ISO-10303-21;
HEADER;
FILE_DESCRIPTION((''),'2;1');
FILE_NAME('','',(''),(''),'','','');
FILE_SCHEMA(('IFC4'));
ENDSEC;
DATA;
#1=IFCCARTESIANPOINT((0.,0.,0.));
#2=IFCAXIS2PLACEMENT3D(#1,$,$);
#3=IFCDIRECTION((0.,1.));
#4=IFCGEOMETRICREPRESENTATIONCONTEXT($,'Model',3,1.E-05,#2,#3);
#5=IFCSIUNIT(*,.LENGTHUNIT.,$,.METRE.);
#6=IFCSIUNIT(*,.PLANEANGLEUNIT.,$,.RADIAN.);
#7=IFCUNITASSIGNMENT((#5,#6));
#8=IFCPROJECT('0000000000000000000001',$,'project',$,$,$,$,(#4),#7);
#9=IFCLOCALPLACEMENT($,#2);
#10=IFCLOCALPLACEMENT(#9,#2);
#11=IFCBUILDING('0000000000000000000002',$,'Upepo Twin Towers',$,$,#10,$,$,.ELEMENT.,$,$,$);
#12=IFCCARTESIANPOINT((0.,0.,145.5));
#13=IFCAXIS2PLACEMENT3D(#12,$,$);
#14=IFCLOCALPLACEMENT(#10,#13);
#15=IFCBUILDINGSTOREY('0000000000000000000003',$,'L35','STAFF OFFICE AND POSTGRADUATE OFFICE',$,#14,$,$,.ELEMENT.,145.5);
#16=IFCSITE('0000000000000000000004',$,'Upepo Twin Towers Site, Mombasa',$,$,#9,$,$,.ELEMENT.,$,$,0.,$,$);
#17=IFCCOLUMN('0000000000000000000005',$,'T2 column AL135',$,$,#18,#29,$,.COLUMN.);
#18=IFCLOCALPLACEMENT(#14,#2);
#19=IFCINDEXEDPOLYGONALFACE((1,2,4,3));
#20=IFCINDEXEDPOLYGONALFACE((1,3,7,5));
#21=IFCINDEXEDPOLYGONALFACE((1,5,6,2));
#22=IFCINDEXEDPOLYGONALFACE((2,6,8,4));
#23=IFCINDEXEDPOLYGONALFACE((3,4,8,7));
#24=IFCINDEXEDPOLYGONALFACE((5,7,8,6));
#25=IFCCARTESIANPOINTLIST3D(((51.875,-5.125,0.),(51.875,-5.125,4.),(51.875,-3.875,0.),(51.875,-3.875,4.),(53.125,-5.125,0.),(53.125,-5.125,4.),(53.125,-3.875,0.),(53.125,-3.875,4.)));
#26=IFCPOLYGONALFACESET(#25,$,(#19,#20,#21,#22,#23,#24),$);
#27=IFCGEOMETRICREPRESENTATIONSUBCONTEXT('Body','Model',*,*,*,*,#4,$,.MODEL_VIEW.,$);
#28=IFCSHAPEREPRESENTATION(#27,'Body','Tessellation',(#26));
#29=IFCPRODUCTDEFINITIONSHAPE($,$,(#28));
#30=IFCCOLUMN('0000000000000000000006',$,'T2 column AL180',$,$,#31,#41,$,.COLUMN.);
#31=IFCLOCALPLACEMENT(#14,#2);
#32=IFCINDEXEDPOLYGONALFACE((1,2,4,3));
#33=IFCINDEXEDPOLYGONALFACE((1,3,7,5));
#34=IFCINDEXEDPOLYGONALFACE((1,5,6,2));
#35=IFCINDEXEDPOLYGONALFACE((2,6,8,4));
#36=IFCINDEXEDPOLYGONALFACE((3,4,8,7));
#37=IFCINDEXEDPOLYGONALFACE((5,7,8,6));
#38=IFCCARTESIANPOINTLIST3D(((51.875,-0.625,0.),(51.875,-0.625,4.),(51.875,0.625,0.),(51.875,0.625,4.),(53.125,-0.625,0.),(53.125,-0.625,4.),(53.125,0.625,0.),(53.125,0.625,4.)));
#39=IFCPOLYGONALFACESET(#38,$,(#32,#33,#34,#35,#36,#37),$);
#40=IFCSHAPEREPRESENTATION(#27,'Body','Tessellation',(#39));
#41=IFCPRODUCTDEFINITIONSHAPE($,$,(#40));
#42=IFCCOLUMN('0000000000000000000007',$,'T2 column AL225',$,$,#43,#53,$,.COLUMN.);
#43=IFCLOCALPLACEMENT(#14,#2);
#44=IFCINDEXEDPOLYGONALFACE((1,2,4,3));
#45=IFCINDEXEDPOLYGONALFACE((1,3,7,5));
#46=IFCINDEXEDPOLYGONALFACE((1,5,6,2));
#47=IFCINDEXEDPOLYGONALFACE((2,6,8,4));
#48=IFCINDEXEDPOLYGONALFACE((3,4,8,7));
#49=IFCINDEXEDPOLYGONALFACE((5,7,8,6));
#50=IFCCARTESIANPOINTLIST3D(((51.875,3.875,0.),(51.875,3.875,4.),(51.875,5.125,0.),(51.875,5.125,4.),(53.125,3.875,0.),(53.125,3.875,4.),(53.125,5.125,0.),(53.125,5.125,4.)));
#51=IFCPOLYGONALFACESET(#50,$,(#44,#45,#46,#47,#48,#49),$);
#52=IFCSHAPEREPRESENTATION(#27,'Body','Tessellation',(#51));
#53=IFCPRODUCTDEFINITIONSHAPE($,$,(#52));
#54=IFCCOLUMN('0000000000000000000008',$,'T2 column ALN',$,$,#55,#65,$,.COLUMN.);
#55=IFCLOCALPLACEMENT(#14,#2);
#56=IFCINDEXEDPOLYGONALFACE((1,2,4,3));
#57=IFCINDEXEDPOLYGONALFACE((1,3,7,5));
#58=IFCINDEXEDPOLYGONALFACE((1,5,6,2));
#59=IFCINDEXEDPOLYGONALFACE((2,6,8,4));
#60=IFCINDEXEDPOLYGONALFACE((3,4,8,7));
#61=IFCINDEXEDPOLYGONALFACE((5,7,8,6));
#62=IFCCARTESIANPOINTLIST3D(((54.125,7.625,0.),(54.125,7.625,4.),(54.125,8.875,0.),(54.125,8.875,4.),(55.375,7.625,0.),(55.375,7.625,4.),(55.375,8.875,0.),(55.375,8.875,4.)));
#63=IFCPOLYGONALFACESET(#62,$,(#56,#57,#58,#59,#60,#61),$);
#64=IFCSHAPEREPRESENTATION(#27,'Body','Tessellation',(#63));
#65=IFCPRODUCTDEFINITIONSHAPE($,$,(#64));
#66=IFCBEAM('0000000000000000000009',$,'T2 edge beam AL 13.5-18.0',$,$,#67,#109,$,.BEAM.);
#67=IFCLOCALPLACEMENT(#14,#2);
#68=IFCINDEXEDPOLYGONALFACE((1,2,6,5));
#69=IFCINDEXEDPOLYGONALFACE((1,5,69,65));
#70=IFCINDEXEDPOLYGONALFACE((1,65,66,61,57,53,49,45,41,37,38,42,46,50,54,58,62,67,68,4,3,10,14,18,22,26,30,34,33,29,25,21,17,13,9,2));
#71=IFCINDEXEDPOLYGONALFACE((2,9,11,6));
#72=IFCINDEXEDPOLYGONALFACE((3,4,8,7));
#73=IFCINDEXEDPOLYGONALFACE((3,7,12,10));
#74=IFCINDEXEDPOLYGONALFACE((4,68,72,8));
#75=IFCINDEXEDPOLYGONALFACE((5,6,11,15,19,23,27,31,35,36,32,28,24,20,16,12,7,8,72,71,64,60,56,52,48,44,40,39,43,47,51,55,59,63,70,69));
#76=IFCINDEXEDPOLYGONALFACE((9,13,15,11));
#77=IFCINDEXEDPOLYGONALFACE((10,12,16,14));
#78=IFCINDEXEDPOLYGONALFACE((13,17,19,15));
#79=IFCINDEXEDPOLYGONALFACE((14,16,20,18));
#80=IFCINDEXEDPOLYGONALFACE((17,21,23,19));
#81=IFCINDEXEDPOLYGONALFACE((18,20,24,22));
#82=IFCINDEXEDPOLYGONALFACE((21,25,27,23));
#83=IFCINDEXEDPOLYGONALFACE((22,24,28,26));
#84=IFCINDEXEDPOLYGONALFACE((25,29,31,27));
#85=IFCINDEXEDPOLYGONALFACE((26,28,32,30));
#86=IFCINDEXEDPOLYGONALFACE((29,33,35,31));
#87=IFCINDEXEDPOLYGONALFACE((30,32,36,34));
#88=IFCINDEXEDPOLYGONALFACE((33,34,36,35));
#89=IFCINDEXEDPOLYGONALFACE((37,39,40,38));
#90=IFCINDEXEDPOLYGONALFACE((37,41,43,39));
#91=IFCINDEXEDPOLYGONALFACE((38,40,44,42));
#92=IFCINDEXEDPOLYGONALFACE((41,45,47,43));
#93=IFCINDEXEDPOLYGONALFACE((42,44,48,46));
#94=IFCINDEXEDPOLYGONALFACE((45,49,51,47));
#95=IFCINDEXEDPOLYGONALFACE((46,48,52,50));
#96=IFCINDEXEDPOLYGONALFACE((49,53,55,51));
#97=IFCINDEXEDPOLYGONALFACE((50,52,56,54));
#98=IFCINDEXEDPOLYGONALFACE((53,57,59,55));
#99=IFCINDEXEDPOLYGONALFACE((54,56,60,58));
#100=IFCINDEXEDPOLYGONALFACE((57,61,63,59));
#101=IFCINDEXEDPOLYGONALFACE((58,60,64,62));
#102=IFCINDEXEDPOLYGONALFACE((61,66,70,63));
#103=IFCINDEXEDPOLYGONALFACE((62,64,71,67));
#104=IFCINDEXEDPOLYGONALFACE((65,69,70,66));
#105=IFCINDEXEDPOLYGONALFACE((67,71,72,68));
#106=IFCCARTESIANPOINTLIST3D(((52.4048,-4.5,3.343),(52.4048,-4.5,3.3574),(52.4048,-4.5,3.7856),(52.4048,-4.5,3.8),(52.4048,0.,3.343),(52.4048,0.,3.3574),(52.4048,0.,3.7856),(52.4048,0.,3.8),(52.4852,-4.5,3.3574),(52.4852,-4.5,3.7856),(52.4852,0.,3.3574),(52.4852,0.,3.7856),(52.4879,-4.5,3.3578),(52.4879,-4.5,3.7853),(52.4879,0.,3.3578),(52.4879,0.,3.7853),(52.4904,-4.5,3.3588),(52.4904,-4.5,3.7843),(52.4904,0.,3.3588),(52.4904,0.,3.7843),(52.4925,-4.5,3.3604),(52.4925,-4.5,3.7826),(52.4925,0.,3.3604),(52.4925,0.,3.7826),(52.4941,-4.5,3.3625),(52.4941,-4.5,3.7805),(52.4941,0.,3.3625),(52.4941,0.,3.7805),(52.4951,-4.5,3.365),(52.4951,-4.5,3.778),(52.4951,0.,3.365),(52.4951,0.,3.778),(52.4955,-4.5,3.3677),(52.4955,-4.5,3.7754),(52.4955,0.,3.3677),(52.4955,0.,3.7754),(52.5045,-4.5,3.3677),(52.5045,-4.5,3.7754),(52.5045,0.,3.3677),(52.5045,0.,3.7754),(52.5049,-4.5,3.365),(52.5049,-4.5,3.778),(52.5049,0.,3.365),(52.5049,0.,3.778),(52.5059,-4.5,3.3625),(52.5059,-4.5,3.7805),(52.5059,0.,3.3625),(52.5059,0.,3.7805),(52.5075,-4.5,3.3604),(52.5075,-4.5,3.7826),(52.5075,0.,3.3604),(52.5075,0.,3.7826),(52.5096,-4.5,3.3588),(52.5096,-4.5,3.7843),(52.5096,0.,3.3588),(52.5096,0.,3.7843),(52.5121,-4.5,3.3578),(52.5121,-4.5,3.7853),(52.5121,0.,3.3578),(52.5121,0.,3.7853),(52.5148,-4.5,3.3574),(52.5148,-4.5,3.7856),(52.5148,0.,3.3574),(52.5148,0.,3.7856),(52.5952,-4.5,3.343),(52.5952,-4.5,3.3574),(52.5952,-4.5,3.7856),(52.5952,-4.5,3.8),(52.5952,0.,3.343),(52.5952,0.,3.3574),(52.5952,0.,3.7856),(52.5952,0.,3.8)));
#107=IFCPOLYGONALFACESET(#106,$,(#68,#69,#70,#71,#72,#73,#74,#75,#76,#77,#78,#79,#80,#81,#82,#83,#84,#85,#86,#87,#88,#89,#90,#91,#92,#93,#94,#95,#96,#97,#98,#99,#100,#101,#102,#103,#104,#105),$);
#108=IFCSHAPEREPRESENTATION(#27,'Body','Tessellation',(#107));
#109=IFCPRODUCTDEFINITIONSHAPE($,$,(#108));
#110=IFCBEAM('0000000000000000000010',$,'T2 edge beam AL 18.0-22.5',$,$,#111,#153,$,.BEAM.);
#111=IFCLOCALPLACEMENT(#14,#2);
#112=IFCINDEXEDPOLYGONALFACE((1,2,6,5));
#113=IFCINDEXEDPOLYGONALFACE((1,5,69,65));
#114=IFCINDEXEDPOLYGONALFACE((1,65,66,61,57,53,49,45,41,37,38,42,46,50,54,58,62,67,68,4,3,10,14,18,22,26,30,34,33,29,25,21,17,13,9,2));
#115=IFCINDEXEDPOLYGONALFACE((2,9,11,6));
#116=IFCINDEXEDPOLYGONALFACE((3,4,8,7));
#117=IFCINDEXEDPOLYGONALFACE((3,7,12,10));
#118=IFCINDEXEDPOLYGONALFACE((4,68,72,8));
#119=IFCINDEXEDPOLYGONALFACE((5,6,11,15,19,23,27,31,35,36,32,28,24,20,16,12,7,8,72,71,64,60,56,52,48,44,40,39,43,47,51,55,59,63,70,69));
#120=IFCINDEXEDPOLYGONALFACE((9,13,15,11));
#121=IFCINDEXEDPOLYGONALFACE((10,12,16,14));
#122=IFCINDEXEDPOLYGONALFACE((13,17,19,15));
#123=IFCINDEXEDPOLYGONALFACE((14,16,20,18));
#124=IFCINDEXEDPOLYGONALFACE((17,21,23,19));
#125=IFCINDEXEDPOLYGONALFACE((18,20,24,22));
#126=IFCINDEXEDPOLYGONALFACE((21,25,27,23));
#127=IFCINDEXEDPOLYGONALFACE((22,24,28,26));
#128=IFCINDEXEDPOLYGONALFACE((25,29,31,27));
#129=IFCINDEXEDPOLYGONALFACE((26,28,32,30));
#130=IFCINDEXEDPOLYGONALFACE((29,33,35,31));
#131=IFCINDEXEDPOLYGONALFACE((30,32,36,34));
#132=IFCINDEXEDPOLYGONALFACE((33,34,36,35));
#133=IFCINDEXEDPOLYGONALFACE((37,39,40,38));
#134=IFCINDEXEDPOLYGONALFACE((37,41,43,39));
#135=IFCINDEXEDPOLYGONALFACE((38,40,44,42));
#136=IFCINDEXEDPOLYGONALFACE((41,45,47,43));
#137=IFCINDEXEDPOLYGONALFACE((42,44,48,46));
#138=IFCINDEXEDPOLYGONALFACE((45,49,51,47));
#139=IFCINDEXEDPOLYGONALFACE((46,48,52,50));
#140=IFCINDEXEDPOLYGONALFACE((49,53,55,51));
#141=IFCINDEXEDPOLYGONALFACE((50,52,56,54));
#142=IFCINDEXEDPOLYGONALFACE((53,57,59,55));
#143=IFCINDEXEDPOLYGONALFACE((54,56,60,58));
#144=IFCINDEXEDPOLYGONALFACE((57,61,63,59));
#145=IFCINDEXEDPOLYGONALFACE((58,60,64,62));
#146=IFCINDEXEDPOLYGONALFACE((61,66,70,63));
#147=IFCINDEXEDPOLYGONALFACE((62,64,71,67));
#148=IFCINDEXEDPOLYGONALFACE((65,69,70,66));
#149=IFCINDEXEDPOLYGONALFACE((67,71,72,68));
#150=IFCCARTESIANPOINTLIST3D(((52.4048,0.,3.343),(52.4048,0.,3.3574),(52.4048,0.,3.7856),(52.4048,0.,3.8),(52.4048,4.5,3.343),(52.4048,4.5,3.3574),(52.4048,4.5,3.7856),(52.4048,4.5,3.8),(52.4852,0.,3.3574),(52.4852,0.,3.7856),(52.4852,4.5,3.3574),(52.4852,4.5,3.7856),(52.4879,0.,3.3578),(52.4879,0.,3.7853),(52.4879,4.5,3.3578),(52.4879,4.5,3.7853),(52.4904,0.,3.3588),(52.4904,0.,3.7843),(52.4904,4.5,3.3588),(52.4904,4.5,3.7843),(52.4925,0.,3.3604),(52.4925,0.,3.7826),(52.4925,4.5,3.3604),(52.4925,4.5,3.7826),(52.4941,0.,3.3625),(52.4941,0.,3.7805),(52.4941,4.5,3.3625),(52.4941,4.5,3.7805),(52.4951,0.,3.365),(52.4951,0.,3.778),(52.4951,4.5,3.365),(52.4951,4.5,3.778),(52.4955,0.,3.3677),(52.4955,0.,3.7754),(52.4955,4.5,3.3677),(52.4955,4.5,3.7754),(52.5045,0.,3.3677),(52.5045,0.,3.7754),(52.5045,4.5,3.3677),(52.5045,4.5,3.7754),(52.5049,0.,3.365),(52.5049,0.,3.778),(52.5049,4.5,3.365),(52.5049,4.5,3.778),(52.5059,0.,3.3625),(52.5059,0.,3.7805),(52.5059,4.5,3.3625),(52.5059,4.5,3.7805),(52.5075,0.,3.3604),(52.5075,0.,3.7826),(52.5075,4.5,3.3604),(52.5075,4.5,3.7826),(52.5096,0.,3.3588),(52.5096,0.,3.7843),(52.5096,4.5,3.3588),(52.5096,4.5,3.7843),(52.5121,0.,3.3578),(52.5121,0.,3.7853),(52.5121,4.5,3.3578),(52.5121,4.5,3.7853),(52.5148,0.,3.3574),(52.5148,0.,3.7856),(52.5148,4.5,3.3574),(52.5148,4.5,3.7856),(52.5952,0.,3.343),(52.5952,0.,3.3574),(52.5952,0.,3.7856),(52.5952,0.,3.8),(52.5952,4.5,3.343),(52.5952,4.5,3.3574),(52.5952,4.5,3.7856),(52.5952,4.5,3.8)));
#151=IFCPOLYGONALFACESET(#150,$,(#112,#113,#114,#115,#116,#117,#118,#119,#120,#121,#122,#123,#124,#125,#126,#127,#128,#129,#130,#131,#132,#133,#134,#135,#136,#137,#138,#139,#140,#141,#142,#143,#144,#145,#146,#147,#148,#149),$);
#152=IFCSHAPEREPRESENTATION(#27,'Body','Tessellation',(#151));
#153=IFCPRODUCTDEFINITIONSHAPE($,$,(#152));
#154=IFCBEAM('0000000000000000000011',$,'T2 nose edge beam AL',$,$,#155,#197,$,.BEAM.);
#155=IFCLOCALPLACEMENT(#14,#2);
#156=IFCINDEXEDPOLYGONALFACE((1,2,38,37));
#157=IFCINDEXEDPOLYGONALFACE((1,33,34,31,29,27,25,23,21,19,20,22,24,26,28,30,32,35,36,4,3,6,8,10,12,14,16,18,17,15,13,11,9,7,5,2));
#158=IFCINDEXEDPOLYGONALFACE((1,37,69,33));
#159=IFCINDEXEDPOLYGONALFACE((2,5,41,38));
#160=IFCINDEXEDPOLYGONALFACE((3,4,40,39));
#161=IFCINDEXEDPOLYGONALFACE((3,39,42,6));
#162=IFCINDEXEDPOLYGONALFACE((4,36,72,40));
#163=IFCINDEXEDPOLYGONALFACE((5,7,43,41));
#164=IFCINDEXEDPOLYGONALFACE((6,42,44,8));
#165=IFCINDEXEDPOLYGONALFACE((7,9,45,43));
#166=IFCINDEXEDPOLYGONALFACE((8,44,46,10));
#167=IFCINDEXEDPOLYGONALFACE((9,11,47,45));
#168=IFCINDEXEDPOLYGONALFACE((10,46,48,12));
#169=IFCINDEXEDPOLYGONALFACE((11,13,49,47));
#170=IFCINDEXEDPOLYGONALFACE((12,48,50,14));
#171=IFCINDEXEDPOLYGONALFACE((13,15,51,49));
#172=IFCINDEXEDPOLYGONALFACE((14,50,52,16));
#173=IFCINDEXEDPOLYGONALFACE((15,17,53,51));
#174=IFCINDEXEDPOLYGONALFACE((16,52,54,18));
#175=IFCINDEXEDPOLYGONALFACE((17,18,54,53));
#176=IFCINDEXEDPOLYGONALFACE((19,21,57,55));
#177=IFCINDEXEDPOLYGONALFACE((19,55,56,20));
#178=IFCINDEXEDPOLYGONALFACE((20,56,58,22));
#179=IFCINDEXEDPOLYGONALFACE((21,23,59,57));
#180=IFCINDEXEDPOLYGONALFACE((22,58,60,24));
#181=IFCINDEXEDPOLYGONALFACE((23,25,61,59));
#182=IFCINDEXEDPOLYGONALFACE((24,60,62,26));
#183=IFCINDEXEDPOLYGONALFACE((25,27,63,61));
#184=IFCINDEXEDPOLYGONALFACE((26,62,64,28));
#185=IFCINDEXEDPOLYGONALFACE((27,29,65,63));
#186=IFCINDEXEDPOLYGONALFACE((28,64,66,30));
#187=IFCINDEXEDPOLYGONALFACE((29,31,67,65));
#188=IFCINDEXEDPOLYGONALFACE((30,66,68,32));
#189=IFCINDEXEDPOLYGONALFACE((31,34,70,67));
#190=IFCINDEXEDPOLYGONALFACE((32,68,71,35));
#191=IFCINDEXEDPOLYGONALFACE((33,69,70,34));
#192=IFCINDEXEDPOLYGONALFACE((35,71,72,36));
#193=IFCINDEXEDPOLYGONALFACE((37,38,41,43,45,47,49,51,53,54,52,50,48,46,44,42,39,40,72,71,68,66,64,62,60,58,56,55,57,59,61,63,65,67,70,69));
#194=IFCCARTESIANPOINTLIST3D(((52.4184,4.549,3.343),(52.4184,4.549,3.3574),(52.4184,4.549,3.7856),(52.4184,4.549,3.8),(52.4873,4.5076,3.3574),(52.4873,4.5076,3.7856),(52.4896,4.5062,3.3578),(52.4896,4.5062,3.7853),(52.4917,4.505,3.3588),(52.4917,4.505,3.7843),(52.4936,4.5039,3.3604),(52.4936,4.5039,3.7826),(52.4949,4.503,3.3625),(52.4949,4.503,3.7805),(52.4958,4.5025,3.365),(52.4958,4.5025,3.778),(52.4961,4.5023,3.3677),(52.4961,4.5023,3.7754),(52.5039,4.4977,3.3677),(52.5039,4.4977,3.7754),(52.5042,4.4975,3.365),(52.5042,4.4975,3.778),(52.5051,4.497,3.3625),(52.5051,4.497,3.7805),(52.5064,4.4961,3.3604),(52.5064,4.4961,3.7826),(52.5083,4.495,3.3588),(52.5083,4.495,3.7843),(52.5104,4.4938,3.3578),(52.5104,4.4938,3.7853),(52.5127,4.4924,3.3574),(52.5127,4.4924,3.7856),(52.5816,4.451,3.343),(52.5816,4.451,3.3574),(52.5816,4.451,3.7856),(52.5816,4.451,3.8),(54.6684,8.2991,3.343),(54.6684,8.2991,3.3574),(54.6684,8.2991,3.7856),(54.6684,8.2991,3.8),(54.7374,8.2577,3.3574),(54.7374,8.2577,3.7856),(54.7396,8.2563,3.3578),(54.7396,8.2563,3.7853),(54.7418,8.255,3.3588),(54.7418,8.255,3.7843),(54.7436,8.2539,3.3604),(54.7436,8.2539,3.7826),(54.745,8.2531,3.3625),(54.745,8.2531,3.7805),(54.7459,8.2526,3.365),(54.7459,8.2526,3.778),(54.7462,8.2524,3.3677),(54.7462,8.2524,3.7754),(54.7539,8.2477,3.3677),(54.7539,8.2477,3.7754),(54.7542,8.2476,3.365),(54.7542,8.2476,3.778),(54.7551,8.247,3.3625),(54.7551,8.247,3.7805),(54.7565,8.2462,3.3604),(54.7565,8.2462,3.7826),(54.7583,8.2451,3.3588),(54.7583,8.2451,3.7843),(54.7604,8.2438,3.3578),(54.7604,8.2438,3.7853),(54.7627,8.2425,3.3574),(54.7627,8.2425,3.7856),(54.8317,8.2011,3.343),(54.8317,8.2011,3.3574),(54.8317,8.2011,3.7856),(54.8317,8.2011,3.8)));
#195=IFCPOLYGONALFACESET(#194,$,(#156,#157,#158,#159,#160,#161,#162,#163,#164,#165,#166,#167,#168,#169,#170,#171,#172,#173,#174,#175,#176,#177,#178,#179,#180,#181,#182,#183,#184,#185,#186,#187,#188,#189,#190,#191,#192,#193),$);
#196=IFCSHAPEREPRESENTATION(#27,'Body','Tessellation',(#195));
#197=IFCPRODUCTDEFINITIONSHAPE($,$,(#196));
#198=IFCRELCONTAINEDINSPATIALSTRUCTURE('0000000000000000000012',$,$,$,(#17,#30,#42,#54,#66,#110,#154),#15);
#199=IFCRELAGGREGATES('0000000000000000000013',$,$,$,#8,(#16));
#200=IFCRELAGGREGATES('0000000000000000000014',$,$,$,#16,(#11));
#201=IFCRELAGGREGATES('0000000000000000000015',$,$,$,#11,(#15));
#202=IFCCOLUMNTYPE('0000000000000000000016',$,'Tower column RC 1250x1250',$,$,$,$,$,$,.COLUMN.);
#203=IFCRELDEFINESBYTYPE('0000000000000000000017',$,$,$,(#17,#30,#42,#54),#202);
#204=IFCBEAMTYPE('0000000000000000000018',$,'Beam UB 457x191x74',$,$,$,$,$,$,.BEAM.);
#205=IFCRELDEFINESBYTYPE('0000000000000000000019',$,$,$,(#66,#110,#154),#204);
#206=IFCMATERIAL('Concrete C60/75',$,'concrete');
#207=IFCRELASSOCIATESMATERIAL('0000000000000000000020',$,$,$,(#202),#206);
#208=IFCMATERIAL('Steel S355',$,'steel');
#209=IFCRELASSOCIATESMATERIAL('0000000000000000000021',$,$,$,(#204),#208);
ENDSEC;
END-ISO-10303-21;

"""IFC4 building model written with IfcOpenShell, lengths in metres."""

from ifc_helpers import new_model, si_unit, direction, frame, origin, origin_2d, place, context, subcontext, project, spatial, rectangle, i_section, extrude, material, material_profile, profile_set, type_object, element, save


model = new_model("IFC4")

# Units and contexts
model_context = context("Model", 3, precision=1e-05, world=origin(), true_north=direction((0.0, 1.0)))
body_context = subcontext(model_context, "Body", "Model", "MODEL_VIEW")
ifc_project = project(units=[si_unit("LENGTHUNIT", "METRE"), si_unit("PLANEANGLEUNIT", "RADIAN")], contexts=[model_context])

# Site, building, storey
site_placement = place(None, origin())
site = spatial("IfcSite", under=ifc_project, at=site_placement, Name="Upepo Twin Towers Site, Mombasa", CompositionType="ELEMENT", RefElevation=0.0)
building_placement = place(site_placement, origin())
building = spatial("IfcBuilding", under=site, at=building_placement, Name="Upepo Twin Towers", CompositionType="ELEMENT")
storey_placement = place(building_placement, frame((0.0, 0.0, 145.5)))
storey = spatial("IfcBuildingStorey", under=building, at=storey_placement, Name="L35", Description="STAFF OFFICE AND POSTGRADUATE OFFICE", CompositionType="ELEMENT", Elevation=145.5)

# Columns
ifc_material_1 = material(Name="Concrete C60/75", Category="concrete")
ifc_material_profile_1 = material_profile(ifc_material_1, rectangle(XDim=1.25, YDim=1.25, at=origin_2d()), Name="RC 1250x1250")
ifc_profile_set_1 = profile_set([ifc_material_profile_1], Name="Concrete C60/75")
column_type = type_object("IfcColumnType", Name="Tower column RC 1250x1250", PredefinedType="COLUMN", material=ifc_profile_set_1)
for number, where, z_axis, x_axis, name in (
    (1, (52.5, -4.5, 0.0), (0.0, 0.0, 1.0), (1.0, 0.0, 0.0), "T2 column AL135"),
    (2, (52.5, 0.0, 0.0), (0.0, 0.0, 1.0), (1.0, 0.0, 0.0), "T2 column AL180"),
    (3, (52.5, 4.5, 0.0), (0.0, 0.0, 1.0), (1.0, 0.0, 0.0), "T2 column AL225"),
    (4, (54.75, 8.25, 0.0), (0.0, 0.0, 1.0), (1.0, 0.0, 0.0), "T2 column ALN"),
):
    element("IfcColumn", number, at=place(storey_placement, frame(where, z_axis=z_axis, x_axis=x_axis)), inside=storey, type_object=column_type, Name=name, PredefinedType="COLUMN", context=body_context, shape_type="SweptSolid", body=[
        extrude(rectangle(XDim=1.25, YDim=1.25, at=origin_2d()), origin(), (0.0, 0.0, 1.0), 4.0),
    ])

# Beams
ifc_material_2 = material(Name="Steel S355", Category="steel")
ifc_material_profile_2 = material_profile(ifc_material_2, i_section(OverallWidth=0.1904, OverallDepth=0.457, WebThickness=0.009, FlangeThickness=0.0144, FilletRadius=0.0103, at=origin_2d()), Name="UB 457x191x74")
ifc_profile_set_2 = profile_set([ifc_material_profile_2], Name="Steel S355")
beam_type_1 = type_object("IfcBeamType", Name="Beam UB 457x191x74", PredefinedType="BEAM", material=ifc_profile_set_2)
for number, where, z_axis, x_axis, name in (
    (5, (52.5, -4.5, 3.5715), (0.0, 1.0, 0.0), (-1.0, 0.0, 0.0), "T2 edge beam AL 13.5-18.0"),
    (6, (52.5, 0.0, 3.5715), (0.0, 1.0, 0.0), (-1.0, 0.0, 0.0), "T2 edge beam AL 18.0-22.5"),
):
    element("IfcBeam", number, at=place(storey_placement, frame(where, z_axis=z_axis, x_axis=x_axis)), inside=storey, type_object=beam_type_1, Name=name, PredefinedType="BEAM", context=body_context, shape_type="SweptSolid", body=[
        extrude(i_section(OverallWidth=0.1904, OverallDepth=0.457, WebThickness=0.009, FlangeThickness=0.0144, FilletRadius=0.0103, at=origin_2d()), origin(), (0.0, 0.0, 1.0), 4.5),
    ])
beam_1_placement = place(storey_placement, frame((52.5, 4.5, 3.5715), z_axis=(0.514496, 0.857493, 0.0), x_axis=(-0.857493, 0.514496, 0.0)))
element("IfcBeam", 7, at=beam_1_placement, inside=storey, type_object=beam_type_1, Name="T2 nose edge beam AL", PredefinedType="BEAM", context=body_context, shape_type="SweptSolid", body=[
    extrude(i_section(OverallWidth=0.1904, OverallDepth=0.457, WebThickness=0.009, FlangeThickness=0.0144, FilletRadius=0.0103, at=origin_2d()), origin(), (0.0, 0.0, 1.0), 4.3733),
])

save(model, "model.ifc")
